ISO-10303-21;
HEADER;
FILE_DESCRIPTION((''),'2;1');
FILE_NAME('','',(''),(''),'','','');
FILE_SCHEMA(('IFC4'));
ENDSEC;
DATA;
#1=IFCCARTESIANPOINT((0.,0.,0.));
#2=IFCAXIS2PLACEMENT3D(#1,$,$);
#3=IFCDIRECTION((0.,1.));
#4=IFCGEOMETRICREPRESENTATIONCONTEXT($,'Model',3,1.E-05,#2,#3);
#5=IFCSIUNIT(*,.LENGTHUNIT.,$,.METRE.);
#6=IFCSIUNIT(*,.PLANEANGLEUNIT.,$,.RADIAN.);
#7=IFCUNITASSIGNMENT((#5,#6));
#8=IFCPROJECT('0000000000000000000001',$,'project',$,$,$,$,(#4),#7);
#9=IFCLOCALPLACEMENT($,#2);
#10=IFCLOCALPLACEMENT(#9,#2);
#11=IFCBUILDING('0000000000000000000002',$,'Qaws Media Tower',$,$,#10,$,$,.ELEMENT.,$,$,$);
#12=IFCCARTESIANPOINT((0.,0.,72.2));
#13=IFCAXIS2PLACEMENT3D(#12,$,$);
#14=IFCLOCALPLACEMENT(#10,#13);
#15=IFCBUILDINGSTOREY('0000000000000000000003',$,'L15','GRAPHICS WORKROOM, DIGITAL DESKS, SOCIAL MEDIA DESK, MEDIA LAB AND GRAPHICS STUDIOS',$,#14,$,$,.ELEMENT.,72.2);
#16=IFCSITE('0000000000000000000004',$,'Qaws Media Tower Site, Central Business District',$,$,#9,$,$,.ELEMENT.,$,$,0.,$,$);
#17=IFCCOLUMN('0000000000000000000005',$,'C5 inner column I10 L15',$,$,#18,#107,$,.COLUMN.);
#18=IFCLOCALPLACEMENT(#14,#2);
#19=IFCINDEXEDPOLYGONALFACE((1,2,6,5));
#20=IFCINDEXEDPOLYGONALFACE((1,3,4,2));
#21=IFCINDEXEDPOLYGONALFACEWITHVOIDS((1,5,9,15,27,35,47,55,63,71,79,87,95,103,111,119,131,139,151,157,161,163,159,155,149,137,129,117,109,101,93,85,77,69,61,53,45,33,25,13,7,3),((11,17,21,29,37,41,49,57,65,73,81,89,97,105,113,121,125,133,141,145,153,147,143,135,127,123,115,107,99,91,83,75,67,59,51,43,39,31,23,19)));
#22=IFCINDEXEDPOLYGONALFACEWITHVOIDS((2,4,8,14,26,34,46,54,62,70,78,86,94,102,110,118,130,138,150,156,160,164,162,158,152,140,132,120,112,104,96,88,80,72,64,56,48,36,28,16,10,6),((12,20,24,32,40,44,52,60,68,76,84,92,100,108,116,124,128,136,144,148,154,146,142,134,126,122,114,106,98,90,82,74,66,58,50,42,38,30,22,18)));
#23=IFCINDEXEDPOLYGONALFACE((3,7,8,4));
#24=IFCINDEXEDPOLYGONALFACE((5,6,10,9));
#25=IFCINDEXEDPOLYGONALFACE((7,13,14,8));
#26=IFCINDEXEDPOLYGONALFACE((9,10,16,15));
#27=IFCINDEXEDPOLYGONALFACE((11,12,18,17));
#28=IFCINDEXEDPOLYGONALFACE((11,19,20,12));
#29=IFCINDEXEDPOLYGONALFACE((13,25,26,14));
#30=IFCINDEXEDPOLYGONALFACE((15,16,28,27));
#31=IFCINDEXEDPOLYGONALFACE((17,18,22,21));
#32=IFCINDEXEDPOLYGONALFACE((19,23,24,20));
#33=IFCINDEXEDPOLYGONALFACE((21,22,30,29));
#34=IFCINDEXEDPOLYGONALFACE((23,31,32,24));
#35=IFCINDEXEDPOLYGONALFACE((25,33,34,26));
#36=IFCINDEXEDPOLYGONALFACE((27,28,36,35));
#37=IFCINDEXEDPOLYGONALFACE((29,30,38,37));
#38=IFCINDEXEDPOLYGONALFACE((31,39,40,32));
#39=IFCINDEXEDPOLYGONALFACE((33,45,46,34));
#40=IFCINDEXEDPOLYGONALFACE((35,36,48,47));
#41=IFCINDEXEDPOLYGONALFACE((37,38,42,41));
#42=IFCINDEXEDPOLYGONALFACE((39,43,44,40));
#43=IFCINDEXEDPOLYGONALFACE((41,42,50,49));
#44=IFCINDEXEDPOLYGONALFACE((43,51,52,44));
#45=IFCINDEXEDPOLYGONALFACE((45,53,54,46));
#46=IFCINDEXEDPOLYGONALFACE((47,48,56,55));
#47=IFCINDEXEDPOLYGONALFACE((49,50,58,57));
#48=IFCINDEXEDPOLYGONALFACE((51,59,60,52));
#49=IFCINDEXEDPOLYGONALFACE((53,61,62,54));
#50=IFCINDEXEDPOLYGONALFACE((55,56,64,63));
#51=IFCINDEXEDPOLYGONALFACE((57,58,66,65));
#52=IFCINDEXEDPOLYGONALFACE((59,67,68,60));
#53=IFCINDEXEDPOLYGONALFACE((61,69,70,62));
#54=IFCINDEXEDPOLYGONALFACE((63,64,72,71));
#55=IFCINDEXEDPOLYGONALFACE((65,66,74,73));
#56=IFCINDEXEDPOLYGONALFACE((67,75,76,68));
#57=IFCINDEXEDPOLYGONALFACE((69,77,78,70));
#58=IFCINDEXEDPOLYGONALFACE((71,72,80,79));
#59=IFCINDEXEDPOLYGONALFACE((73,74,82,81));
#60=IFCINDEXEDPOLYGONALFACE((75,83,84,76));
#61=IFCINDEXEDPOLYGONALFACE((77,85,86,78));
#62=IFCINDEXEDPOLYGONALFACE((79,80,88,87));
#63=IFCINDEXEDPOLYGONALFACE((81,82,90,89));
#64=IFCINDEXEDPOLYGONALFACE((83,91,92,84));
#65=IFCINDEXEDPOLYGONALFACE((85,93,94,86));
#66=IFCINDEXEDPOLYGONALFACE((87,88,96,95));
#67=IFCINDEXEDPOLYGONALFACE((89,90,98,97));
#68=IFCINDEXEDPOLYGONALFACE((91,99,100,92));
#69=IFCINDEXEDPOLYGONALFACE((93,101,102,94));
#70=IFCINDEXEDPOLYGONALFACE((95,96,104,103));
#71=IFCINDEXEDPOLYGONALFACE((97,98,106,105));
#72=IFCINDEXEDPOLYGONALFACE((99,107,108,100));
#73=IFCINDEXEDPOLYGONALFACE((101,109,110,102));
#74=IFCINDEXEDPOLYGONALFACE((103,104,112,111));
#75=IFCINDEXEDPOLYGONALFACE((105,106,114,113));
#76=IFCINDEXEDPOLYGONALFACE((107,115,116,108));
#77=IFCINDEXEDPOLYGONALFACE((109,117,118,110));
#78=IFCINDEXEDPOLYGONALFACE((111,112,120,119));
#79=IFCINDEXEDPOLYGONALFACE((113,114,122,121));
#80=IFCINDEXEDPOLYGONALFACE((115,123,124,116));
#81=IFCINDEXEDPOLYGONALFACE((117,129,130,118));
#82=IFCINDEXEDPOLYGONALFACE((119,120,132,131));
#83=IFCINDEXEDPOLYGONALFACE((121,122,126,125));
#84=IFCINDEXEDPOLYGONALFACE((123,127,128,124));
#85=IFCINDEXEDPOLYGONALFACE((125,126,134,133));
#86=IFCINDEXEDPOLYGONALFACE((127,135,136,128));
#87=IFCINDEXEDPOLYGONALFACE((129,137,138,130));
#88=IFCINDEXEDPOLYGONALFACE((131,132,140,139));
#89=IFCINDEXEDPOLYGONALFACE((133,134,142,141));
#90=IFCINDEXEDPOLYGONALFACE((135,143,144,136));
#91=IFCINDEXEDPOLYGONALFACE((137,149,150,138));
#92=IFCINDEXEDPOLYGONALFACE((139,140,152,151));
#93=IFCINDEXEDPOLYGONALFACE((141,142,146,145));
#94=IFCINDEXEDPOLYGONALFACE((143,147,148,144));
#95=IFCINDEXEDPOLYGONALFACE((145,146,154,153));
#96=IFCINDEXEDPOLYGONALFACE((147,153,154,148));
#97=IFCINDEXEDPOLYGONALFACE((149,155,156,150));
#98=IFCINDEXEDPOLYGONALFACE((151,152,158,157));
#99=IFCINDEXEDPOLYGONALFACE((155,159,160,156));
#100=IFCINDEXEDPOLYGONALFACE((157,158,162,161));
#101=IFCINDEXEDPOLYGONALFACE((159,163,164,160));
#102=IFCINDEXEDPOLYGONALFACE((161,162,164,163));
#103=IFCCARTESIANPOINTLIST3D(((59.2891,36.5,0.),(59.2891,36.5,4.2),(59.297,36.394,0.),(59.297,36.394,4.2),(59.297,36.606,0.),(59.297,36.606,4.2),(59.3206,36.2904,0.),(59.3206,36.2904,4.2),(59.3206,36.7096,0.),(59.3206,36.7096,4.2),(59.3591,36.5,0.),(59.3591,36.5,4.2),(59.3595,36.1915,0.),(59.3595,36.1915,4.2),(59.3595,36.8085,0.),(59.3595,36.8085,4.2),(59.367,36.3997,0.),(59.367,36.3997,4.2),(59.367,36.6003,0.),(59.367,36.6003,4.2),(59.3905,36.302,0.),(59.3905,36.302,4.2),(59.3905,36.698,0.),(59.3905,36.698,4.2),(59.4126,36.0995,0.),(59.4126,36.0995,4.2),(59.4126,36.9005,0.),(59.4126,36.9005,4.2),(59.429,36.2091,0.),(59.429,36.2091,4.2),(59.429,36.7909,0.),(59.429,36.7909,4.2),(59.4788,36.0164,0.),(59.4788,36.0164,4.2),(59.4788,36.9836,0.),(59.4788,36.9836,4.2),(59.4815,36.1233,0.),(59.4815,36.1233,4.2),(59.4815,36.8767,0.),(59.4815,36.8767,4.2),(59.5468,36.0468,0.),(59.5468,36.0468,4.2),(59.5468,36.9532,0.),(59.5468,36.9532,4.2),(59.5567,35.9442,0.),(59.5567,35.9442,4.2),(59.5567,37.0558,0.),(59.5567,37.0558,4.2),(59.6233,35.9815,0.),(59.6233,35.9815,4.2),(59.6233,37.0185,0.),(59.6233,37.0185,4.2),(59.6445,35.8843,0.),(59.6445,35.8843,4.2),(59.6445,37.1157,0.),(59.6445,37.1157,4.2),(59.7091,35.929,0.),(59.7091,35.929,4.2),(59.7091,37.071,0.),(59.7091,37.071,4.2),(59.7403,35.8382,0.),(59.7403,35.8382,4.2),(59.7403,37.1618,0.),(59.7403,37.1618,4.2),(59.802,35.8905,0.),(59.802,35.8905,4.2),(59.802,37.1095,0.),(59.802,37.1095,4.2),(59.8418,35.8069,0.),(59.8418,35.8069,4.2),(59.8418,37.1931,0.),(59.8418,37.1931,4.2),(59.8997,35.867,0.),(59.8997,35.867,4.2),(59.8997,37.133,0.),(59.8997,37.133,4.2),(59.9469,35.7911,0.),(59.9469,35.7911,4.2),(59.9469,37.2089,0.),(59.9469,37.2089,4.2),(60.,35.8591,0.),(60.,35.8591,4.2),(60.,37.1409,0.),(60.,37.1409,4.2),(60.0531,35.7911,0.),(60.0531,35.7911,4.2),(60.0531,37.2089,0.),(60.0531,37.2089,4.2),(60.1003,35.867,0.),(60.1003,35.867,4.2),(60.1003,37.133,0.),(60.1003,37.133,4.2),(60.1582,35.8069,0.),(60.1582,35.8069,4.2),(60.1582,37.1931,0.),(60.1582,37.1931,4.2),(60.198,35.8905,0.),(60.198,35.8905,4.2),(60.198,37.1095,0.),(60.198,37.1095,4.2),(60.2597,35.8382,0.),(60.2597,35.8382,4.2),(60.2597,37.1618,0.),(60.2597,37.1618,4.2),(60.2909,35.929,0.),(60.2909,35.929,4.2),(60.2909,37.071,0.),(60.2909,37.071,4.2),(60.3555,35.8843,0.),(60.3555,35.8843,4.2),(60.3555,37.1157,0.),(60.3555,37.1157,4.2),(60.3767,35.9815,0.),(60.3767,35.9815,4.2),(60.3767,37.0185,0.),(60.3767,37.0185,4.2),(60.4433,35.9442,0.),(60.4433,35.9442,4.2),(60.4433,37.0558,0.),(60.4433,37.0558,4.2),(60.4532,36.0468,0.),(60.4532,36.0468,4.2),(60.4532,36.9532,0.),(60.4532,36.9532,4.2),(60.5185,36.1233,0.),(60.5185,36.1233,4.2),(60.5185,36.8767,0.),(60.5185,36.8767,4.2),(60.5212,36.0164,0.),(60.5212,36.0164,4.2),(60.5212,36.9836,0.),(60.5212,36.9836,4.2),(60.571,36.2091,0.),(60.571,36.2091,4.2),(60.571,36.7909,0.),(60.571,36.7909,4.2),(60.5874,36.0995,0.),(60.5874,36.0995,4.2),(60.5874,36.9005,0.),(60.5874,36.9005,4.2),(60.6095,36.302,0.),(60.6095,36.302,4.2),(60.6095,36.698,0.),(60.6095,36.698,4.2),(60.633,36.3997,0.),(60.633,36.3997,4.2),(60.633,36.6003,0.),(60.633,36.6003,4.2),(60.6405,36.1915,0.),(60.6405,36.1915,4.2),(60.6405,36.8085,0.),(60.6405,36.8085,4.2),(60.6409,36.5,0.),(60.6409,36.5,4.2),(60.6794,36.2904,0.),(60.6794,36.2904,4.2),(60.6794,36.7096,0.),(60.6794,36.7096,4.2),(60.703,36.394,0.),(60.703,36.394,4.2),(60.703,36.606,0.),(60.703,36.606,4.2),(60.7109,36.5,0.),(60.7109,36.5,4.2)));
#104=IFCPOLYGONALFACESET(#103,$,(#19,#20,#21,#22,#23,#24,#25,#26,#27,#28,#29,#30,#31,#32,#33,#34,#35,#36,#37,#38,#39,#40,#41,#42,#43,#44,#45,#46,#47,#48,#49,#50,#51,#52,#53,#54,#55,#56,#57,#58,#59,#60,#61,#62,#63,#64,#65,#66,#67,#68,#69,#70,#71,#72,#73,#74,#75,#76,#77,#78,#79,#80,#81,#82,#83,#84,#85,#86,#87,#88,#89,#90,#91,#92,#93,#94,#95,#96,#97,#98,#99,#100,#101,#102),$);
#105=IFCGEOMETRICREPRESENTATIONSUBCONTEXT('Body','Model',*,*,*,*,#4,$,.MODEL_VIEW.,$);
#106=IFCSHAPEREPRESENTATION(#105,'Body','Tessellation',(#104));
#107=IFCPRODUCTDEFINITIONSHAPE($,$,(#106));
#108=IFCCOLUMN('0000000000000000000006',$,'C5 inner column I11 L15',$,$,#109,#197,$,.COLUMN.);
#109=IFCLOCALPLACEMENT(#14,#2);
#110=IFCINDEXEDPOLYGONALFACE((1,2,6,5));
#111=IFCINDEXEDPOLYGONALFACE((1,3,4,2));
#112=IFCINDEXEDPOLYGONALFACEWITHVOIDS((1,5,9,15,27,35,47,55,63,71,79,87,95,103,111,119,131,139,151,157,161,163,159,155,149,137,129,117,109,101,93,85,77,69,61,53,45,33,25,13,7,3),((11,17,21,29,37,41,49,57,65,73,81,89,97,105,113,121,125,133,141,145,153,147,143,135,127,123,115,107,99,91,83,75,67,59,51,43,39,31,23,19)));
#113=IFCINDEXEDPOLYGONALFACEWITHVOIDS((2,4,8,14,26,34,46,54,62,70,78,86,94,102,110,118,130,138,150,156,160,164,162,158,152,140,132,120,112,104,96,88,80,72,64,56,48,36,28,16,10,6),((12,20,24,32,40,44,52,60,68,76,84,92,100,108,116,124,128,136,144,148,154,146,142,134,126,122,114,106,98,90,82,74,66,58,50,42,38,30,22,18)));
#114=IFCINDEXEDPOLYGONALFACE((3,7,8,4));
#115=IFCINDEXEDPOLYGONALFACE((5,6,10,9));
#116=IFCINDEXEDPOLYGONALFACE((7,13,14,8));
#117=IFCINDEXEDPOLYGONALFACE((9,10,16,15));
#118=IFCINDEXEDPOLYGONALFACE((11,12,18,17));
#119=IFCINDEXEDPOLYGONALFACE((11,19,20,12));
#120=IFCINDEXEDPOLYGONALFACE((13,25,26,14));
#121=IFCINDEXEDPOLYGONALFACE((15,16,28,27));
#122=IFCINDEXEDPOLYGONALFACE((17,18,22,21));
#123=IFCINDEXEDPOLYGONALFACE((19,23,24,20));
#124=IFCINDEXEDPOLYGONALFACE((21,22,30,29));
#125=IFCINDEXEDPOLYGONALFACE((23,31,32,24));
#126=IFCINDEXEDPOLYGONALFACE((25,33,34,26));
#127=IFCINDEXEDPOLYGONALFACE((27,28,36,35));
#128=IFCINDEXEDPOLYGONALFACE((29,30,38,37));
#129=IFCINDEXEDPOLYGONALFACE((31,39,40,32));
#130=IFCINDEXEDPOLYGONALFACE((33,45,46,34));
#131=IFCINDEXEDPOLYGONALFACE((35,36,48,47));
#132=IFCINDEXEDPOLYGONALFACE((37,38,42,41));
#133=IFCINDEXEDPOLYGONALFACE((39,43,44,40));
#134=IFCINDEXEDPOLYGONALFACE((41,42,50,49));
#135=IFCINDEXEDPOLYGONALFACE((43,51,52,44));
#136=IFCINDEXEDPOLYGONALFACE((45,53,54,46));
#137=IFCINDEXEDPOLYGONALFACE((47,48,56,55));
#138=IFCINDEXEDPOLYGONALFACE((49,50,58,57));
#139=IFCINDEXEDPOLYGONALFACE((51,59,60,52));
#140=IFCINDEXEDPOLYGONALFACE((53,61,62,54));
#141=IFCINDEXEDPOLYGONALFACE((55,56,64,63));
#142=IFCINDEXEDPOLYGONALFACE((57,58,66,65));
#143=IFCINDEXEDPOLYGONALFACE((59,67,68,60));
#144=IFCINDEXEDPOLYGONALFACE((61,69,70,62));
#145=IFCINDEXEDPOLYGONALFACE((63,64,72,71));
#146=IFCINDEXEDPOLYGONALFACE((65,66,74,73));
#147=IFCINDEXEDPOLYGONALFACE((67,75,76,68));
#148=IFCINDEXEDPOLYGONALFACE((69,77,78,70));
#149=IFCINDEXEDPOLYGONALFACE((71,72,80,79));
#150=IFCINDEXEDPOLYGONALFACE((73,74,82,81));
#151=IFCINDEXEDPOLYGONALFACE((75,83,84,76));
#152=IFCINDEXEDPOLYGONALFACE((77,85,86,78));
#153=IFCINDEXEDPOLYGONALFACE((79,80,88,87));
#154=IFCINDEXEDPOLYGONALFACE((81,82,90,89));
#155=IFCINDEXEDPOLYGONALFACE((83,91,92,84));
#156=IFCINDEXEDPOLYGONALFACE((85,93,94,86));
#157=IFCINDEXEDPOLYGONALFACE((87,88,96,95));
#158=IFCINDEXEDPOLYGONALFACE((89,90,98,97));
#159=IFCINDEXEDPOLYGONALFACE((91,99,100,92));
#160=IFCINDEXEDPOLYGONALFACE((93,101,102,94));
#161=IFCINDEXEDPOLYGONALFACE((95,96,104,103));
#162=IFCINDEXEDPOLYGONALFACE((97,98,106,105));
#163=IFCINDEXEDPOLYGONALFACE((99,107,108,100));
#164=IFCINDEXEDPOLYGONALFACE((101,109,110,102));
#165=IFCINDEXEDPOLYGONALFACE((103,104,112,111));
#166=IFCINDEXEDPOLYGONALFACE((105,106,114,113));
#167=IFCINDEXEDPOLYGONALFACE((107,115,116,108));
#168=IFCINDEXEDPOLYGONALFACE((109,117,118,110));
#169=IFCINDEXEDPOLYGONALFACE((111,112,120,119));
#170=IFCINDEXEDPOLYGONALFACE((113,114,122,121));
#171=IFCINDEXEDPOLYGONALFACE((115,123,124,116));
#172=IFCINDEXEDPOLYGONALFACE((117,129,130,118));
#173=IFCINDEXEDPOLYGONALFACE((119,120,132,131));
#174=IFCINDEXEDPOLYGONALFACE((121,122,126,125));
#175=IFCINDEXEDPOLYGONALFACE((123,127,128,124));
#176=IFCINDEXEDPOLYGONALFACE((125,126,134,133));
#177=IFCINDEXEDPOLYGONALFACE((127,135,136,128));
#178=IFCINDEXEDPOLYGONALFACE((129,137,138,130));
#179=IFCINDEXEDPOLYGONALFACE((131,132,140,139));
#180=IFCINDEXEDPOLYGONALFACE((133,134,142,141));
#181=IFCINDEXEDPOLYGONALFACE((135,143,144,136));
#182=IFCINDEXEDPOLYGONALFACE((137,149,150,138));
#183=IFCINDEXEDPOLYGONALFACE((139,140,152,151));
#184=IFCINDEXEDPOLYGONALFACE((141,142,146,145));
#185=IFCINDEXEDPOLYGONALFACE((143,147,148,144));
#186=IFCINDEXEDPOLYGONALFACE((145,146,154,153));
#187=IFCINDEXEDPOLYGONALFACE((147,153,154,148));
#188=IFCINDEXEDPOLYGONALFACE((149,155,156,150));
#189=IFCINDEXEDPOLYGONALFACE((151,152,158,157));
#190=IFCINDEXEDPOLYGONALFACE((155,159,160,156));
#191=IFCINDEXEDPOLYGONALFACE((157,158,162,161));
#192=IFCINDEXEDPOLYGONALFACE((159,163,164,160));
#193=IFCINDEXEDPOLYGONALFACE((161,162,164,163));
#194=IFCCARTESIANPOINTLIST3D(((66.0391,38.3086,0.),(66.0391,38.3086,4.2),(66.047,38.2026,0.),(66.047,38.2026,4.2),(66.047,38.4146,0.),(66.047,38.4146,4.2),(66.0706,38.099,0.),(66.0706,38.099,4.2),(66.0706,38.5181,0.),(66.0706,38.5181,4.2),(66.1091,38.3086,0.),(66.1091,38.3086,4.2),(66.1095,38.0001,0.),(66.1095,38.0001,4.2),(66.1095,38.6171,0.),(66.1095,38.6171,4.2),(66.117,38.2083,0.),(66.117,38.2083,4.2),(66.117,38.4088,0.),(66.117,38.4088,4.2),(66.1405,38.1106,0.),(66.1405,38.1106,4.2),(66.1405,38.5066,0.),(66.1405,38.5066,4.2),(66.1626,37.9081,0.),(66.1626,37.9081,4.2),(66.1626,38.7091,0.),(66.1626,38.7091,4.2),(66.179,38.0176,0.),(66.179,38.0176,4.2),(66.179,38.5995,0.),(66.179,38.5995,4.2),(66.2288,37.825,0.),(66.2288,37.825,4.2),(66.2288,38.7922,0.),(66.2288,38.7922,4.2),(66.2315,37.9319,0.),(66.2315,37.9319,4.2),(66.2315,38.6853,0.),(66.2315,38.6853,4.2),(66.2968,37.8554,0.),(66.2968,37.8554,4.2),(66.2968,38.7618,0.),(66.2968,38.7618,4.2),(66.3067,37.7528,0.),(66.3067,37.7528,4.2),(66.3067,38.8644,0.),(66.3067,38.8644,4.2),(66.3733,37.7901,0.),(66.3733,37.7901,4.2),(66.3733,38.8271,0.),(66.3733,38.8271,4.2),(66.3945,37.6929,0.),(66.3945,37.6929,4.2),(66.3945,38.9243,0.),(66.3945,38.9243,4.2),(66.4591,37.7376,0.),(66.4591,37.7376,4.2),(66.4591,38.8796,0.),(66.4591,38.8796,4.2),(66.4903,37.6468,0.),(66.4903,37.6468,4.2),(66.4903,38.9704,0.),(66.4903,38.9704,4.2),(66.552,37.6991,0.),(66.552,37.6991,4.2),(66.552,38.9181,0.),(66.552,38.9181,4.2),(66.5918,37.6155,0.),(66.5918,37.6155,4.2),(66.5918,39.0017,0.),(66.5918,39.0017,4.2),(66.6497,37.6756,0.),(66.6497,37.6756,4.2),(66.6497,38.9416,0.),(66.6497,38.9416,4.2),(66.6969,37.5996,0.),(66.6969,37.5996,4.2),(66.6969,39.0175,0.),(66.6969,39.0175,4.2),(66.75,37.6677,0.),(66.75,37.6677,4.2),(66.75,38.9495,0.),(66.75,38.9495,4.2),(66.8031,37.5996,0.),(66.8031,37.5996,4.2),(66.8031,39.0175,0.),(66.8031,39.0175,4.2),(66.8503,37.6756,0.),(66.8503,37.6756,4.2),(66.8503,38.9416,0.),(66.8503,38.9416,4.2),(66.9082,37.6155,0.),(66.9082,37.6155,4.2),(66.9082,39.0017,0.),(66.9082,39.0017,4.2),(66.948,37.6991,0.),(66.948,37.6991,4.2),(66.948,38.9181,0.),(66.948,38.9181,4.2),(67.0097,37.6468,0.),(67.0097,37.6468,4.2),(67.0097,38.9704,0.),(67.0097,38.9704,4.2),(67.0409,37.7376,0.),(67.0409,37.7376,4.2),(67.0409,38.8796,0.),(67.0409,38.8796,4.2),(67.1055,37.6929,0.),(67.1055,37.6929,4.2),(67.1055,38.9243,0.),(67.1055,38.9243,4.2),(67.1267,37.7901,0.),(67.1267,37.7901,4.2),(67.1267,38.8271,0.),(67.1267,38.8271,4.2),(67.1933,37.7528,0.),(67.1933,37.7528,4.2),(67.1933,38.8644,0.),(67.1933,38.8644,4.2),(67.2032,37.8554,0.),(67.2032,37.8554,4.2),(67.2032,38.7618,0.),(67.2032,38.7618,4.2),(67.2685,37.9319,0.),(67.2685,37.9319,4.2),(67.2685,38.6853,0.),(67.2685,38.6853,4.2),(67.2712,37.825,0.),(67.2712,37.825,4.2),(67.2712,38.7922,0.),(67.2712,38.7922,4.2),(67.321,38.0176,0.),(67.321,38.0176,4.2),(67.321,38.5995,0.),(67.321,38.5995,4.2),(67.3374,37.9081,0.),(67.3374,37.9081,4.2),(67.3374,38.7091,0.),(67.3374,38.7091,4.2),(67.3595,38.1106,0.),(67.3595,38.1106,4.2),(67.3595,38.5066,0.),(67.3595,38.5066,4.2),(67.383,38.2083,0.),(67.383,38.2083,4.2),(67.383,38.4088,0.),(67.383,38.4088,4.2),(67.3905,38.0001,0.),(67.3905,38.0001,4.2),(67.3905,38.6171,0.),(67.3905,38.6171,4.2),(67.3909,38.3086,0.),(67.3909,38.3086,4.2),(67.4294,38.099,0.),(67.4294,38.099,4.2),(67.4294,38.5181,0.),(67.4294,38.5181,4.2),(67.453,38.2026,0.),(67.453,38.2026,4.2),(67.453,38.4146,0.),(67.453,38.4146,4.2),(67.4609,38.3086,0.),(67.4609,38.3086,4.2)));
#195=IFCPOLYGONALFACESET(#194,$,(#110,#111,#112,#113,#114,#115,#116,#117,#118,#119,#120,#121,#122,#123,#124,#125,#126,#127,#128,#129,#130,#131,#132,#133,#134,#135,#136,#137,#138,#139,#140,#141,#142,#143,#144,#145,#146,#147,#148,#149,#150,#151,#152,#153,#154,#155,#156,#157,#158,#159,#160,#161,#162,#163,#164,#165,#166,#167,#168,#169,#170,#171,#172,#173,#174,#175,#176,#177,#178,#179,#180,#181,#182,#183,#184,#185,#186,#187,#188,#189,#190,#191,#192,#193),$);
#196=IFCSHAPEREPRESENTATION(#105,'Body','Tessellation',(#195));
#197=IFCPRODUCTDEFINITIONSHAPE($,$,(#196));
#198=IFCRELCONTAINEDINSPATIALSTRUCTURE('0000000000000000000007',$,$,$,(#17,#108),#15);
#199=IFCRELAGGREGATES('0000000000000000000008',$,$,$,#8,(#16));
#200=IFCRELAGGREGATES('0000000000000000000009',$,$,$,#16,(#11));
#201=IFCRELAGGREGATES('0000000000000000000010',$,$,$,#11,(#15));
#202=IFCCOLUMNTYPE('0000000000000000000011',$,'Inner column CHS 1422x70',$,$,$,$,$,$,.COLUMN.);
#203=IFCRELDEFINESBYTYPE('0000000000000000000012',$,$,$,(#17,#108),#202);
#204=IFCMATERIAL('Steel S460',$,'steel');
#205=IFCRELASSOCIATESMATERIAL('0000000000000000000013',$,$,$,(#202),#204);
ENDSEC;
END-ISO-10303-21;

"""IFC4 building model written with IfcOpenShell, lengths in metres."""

from ifc_helpers import new_model, si_unit, direction, frame, origin, origin_2d, place, context, subcontext, project, spatial, hollow_circle, extrude, material, material_profile, profile_set, type_object, element, save


model = new_model("IFC4")

# Units and contexts
model_context = context("Model", 3, precision=1e-05, world=origin(), true_north=direction((0.0, 1.0)))
body_context = subcontext(model_context, "Body", "Model", "MODEL_VIEW")
ifc_project = project(units=[si_unit("LENGTHUNIT", "METRE"), si_unit("PLANEANGLEUNIT", "RADIAN")], contexts=[model_context])

# Site, building, storey
site_placement = place(None, origin())
site = spatial("IfcSite", under=ifc_project, at=site_placement, Name="Qaws Media Tower Site, Central Business District", CompositionType="ELEMENT", RefElevation=0.0)
building_placement = place(site_placement, origin())
building = spatial("IfcBuilding", under=site, at=building_placement, Name="Qaws Media Tower", CompositionType="ELEMENT")
storey_placement = place(building_placement, frame((0.0, 0.0, 72.2)))
storey = spatial("IfcBuildingStorey", under=building, at=storey_placement, Name="L15", Description="GRAPHICS WORKROOM, DIGITAL DESKS, SOCIAL MEDIA DESK, MEDIA LAB AND GRAPHICS STUDIOS", CompositionType="ELEMENT", Elevation=72.2)

# Columns
ifc_material_1 = material(Name="Steel S460", Category="steel")
ifc_material_profile_1 = material_profile(ifc_material_1, hollow_circle(Radius=0.7109, WallThickness=0.0701, at=origin_2d()), Name="CHS 1422x70")
ifc_profile_set_1 = profile_set([ifc_material_profile_1], Name="Steel S460")
column_type = type_object("IfcColumnType", Name="Inner column CHS 1422x70", PredefinedType="COLUMN", material=ifc_profile_set_1)
for number, where, z_axis, x_axis, name in (
    (1, (60.0, 36.5, 0.0), (0.0, 0.0, 1.0), (1.0, 0.0, 0.0), "C5 inner column I10 L15"),
    (2, (66.75, 38.3086, 0.0), (0.0, 0.0, 1.0), (1.0, 0.0, 0.0), "C5 inner column I11 L15"),
):
    element("IfcColumn", number, at=place(storey_placement, frame(where, z_axis=z_axis, x_axis=x_axis)), inside=storey, type_object=column_type, Name=name, PredefinedType="COLUMN", context=body_context, shape_type="SweptSolid", body=[
        extrude(hollow_circle(Radius=0.7109, WallThickness=0.0701, at=origin_2d()), origin(), (0.0, 0.0, 1.0), 4.2),
    ])

save(model, "model.ifc")
